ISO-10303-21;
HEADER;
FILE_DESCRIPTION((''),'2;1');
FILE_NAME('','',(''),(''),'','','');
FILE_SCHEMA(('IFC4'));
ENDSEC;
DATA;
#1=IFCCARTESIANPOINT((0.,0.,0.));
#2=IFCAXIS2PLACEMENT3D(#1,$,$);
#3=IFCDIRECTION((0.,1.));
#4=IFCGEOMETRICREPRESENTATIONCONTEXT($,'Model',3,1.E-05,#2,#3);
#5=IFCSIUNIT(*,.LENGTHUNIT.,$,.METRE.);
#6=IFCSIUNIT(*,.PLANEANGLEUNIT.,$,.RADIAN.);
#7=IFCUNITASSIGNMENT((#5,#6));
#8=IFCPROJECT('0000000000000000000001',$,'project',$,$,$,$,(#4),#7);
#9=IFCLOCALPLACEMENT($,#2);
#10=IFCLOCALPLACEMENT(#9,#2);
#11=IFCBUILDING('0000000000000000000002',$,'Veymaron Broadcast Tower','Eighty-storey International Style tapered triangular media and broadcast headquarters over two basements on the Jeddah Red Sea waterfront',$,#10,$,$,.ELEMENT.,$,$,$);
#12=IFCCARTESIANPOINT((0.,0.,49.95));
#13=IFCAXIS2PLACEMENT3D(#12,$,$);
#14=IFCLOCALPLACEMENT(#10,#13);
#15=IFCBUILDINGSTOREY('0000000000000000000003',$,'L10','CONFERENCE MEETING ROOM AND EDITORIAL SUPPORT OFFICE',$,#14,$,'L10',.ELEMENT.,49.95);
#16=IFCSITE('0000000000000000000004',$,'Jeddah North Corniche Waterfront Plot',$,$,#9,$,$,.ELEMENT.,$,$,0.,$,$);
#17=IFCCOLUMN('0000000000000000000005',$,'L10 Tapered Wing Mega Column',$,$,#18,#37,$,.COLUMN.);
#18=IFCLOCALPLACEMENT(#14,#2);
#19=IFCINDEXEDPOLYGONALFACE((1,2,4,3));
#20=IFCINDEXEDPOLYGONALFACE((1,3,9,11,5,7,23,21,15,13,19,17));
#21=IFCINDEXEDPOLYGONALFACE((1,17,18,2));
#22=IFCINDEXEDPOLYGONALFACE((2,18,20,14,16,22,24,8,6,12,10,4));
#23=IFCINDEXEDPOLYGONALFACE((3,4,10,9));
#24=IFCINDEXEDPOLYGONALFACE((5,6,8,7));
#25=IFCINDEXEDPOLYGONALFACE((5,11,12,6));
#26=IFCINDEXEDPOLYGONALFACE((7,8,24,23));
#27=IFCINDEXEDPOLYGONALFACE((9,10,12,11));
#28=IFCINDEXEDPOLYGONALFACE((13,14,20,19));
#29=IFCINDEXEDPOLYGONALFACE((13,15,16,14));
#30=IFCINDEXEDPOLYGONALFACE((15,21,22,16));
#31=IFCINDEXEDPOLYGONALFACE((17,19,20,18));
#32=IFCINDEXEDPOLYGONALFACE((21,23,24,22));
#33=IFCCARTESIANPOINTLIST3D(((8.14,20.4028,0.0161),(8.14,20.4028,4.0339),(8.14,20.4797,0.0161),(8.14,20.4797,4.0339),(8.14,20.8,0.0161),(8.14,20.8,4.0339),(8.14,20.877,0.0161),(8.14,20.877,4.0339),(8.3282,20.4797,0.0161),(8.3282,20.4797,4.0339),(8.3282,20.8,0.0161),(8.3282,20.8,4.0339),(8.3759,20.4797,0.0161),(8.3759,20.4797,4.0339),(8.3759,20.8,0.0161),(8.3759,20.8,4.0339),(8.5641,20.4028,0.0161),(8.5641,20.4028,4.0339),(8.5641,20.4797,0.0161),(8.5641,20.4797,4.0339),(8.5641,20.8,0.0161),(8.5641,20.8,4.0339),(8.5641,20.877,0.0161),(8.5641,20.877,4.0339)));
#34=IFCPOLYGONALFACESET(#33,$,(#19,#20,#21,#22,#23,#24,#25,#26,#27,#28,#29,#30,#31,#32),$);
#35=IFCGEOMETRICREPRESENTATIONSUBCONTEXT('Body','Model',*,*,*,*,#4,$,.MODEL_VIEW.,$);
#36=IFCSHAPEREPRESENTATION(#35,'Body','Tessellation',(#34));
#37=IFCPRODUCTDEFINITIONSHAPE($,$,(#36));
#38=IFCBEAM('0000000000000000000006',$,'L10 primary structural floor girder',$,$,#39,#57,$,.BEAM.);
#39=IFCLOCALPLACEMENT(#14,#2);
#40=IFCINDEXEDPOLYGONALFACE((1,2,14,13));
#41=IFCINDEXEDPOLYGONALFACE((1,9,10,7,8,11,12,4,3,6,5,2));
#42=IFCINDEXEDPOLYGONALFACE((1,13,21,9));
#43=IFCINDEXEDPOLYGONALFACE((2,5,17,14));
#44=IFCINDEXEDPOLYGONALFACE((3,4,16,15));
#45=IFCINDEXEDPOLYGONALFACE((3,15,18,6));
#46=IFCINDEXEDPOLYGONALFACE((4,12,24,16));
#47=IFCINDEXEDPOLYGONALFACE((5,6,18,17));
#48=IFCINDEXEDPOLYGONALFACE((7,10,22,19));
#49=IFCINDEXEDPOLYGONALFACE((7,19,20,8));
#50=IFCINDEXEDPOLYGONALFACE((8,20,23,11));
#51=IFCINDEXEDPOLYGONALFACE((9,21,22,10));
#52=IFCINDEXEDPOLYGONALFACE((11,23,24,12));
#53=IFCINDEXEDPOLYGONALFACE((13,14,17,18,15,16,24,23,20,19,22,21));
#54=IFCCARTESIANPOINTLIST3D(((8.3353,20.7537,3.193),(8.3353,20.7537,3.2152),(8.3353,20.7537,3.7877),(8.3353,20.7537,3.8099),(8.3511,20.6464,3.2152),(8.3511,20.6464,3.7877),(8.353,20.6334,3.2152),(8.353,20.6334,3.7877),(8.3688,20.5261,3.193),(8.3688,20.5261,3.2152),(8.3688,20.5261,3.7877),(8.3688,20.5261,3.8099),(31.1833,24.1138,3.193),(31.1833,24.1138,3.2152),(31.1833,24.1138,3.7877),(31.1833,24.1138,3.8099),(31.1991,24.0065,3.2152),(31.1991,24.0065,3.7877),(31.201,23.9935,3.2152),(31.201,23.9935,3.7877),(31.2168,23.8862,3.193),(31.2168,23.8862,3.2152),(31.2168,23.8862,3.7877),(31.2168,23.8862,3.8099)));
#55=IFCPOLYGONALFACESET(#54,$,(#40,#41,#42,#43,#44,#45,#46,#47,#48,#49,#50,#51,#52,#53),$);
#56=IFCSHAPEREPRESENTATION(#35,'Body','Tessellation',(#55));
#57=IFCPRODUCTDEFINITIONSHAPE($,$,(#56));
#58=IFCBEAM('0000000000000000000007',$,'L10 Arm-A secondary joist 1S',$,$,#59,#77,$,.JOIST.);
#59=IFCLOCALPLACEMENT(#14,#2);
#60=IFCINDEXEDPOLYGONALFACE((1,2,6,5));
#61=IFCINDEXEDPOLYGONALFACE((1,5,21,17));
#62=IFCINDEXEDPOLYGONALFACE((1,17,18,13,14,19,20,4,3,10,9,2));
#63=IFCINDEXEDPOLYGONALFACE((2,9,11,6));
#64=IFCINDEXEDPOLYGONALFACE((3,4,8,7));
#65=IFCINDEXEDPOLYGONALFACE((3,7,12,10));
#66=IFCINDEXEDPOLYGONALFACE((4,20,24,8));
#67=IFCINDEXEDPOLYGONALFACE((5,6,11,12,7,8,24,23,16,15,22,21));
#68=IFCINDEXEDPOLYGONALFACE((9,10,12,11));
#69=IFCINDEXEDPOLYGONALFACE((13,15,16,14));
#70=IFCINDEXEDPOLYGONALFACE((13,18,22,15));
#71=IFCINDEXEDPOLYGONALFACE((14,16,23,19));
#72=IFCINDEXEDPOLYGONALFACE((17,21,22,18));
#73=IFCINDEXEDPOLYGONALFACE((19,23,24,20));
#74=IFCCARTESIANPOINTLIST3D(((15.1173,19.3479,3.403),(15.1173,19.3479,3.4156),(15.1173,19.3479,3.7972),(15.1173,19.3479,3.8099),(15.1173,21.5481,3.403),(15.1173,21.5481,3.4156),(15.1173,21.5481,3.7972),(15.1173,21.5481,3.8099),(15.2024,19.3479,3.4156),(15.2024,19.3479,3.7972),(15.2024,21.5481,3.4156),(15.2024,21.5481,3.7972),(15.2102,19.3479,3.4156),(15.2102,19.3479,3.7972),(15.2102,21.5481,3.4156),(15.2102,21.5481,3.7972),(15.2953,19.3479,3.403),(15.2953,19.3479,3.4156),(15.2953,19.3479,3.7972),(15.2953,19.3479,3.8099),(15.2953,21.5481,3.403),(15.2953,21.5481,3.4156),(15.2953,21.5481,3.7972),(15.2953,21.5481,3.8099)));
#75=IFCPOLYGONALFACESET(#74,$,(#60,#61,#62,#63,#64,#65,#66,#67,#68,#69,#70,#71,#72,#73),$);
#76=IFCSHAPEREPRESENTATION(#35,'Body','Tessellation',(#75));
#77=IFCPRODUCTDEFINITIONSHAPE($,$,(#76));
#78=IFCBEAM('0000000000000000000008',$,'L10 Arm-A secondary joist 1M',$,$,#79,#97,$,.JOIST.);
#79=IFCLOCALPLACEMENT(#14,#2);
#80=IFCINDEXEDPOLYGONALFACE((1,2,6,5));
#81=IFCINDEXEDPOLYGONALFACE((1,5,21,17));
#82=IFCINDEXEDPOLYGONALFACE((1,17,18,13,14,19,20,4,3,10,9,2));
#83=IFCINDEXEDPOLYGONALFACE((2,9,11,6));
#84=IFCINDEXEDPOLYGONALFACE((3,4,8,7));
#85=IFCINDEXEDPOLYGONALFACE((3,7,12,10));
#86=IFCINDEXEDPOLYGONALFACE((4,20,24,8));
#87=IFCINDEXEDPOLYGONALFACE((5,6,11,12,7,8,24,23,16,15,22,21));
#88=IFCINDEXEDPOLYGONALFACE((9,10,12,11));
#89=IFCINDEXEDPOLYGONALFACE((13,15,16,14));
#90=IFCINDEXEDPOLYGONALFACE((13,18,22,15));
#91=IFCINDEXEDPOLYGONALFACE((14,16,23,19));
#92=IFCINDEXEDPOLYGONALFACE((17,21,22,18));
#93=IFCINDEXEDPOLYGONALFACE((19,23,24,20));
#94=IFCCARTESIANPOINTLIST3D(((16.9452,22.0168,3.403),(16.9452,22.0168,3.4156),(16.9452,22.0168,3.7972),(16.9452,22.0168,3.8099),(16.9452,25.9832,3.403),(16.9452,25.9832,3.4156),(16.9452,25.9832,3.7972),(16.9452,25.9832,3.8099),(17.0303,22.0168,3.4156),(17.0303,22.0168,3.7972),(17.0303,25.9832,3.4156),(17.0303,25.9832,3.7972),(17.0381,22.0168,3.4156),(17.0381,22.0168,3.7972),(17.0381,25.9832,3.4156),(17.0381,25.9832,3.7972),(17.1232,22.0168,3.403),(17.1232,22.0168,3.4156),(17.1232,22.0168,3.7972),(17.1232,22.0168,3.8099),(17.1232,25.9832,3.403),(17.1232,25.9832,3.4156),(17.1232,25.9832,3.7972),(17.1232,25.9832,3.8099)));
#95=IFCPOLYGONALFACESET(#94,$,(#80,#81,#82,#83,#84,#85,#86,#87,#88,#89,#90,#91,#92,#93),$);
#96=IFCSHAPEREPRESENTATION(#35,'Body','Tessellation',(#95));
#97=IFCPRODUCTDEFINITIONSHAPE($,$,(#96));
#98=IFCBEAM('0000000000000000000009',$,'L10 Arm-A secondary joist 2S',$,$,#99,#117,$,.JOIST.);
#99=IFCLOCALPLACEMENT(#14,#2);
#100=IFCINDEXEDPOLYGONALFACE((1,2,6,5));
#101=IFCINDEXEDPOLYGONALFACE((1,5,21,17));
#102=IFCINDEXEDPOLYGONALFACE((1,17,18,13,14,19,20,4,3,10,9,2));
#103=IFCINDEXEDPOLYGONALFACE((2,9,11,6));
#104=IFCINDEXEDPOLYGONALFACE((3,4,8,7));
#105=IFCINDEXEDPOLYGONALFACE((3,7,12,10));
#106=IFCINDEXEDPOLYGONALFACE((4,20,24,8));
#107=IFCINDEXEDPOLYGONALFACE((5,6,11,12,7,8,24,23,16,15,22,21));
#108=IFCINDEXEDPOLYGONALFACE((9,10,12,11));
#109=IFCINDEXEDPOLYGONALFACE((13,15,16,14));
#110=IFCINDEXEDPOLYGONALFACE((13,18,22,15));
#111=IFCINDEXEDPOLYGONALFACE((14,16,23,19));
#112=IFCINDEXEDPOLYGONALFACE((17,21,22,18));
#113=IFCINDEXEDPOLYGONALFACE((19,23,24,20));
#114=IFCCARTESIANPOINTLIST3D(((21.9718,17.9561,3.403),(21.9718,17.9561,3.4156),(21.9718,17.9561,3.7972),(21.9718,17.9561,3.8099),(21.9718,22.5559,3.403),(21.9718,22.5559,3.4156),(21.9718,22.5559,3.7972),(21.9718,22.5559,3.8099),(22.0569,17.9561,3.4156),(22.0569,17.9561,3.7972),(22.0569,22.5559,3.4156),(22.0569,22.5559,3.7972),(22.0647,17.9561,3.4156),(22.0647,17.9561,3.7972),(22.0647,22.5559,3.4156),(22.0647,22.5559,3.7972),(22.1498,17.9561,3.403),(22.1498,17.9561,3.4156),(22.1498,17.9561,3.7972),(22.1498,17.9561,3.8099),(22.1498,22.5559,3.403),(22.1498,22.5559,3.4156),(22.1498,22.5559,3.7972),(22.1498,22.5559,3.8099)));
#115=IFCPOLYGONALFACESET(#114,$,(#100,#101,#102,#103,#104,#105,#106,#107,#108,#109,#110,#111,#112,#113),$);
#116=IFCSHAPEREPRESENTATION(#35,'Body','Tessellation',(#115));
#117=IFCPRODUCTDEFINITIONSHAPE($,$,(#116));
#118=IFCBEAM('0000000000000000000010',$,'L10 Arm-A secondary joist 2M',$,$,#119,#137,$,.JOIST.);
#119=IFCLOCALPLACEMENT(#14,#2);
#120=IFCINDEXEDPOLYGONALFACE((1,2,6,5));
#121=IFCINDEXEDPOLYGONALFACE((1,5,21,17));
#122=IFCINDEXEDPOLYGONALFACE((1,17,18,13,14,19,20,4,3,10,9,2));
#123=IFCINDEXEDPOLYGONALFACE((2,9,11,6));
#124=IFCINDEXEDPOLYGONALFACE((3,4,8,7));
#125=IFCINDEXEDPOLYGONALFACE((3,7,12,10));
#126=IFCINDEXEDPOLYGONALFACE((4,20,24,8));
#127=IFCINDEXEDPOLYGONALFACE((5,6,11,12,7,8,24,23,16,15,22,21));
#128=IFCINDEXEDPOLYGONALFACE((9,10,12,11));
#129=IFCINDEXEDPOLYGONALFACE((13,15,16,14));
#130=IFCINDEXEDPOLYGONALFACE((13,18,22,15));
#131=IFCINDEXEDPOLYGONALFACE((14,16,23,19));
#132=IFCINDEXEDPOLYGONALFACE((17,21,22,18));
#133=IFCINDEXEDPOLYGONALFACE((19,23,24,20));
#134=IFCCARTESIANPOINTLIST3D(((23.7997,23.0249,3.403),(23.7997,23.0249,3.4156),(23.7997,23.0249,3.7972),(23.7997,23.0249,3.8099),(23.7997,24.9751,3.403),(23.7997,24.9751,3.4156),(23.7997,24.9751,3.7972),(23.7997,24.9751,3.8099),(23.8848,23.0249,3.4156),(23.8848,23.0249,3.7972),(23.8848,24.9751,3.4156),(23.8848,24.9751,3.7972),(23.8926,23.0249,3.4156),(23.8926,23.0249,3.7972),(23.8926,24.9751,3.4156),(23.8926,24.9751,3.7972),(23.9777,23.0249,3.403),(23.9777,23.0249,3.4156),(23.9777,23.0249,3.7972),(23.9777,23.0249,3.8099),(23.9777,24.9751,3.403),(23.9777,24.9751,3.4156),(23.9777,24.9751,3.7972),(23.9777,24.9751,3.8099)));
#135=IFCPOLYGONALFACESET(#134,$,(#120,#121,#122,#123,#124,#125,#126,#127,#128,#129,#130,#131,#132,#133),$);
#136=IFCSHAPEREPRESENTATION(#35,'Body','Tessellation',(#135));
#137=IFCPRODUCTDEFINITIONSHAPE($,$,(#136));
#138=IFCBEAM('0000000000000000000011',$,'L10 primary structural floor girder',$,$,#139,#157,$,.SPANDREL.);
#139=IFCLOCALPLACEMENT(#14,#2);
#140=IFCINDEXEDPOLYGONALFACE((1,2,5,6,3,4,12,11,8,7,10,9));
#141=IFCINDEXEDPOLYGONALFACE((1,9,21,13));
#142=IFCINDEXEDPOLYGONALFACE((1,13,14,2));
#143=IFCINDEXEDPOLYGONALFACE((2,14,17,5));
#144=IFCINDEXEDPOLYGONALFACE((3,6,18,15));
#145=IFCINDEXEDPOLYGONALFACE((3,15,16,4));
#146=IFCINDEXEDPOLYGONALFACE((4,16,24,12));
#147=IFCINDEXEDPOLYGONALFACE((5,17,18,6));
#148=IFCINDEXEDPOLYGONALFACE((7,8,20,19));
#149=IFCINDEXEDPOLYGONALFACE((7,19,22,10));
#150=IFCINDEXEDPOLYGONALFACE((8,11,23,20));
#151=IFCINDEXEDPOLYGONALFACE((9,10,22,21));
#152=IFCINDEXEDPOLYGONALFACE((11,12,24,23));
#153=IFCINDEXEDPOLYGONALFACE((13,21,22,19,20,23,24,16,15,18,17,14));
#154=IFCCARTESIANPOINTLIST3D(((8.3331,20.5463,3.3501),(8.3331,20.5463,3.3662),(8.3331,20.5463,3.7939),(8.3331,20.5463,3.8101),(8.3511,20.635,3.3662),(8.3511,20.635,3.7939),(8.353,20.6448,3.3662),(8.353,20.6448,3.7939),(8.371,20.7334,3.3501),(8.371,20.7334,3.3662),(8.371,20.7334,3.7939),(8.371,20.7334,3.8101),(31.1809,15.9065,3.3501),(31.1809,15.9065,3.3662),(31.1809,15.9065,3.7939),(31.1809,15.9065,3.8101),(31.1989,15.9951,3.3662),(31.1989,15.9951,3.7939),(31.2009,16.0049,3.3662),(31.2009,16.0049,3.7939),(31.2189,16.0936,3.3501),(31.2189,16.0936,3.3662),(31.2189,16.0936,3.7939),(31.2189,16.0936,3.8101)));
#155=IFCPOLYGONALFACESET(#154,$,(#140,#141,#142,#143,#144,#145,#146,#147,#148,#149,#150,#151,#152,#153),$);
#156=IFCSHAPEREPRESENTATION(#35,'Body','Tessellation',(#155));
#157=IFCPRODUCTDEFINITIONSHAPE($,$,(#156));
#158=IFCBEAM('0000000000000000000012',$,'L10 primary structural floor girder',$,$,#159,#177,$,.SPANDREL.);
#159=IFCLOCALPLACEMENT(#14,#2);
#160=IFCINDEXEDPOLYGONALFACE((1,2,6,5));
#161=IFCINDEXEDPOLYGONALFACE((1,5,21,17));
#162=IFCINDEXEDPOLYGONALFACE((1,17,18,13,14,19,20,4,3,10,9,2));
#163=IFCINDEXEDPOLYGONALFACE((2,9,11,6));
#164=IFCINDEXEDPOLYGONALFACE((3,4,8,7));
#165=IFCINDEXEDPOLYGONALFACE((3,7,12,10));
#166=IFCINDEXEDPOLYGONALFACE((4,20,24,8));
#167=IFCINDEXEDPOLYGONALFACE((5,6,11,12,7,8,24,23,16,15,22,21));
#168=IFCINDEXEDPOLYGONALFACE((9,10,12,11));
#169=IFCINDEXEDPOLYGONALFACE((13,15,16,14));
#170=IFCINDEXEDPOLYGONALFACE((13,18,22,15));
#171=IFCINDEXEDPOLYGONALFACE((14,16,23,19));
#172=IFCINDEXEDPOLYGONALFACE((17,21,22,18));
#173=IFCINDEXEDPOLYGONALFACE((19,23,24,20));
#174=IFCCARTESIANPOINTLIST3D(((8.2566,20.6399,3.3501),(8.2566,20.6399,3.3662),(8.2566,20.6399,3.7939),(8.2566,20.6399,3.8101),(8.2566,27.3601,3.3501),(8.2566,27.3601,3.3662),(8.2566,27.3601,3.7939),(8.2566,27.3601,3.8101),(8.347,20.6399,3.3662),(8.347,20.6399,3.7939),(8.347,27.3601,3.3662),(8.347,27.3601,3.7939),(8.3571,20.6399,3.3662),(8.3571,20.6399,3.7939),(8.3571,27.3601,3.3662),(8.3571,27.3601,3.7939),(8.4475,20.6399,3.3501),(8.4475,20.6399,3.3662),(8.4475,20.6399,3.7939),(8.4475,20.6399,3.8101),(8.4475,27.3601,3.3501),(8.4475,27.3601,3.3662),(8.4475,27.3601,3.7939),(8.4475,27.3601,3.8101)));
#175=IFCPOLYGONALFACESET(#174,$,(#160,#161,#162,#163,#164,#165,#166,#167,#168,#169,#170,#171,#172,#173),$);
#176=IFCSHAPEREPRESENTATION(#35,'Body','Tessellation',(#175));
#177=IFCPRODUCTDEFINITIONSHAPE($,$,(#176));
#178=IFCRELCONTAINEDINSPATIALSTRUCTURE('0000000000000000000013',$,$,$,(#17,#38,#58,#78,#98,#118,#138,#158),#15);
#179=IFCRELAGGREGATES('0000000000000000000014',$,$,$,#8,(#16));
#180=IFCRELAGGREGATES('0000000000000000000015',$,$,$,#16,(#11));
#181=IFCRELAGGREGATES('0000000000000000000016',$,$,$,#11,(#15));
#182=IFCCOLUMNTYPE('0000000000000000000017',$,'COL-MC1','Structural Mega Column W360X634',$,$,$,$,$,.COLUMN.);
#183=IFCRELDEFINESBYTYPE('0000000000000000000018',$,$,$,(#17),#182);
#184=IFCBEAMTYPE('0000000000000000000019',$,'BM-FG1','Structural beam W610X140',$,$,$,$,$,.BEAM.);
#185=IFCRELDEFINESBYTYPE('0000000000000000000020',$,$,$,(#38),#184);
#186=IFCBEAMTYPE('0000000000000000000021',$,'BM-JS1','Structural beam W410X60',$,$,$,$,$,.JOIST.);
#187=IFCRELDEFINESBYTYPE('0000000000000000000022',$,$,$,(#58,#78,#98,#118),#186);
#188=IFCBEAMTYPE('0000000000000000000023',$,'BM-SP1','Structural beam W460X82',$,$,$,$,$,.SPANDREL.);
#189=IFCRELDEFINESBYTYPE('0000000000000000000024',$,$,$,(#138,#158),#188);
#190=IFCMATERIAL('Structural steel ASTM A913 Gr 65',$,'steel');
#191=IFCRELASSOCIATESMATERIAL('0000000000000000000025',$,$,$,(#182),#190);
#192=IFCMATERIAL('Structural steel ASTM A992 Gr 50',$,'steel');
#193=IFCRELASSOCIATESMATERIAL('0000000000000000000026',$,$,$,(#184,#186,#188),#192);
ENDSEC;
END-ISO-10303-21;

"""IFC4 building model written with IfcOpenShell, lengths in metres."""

from ifc_helpers import new_model, si_unit, direction, frame, origin, origin_2d, place, context, subcontext, project, spatial, i_section, extrude, material, material_profile, profile_set, type_object, element, save


model = new_model("IFC4")

# Units and contexts
model_context = context("Model", 3, precision=1e-05, world=origin(), true_north=direction((0.0, 1.0)))
body_context = subcontext(model_context, "Body", "Model", "MODEL_VIEW")
ifc_project = project(units=[si_unit("LENGTHUNIT", "METRE"), si_unit("PLANEANGLEUNIT", "RADIAN")], contexts=[model_context])

# Site, building, storey
site_placement = place(None, origin())
site = spatial("IfcSite", under=ifc_project, at=site_placement, Name="Jeddah North Corniche Waterfront Plot", CompositionType="ELEMENT", RefElevation=0.0)
building_placement = place(site_placement, origin())
building = spatial("IfcBuilding", under=site, at=building_placement, Name="Veymaron Broadcast Tower", Description="Eighty-storey International Style tapered triangular media and broadcast headquarters over two basements on the Jeddah Red Sea waterfront", CompositionType="ELEMENT")
storey_placement = place(building_placement, frame((0.0, 0.0, 49.95)))
storey = spatial("IfcBuildingStorey", under=building, at=storey_placement, Name="L10", Description="CONFERENCE MEETING ROOM AND EDITORIAL SUPPORT OFFICE", LongName="L10", CompositionType="ELEMENT", Elevation=49.95)

# Column
ifc_material_1 = material(Name="Structural steel ASTM A913 Gr 65", Category="steel")
ifc_material_profile_1 = material_profile(ifc_material_1, i_section(OverallWidth=0.4241, OverallDepth=0.4741, WebThickness=0.0476, FlangeThickness=0.0769, at=origin_2d()), Name="W360X634")
ifc_profile_set_1 = profile_set([ifc_material_profile_1], Name="Structural steel ASTM A913 Gr 65")
column_type = type_object("IfcColumnType", Name="COL-MC1", Description="Structural Mega Column W360X634", PredefinedType="COLUMN", material=ifc_profile_set_1)
column_placement = place(storey_placement, frame((8.3521, 20.6399, 0.0161), z_axis=(0.0, 0.0, 1.0), x_axis=(1.0, 0.0, 0.0)))
element("IfcColumn", 1, at=column_placement, inside=storey, type_object=column_type, Name="L10 Tapered Wing Mega Column", PredefinedType="COLUMN", context=body_context, shape_type="SweptSolid", body=[
    extrude(i_section(OverallWidth=0.4241, OverallDepth=0.4741, WebThickness=0.0476, FlangeThickness=0.0769, at=origin_2d()), origin(), (0.0, 0.0, 1.0), 4.0178),
])

# Beams
ifc_material_2 = material(Name="Structural steel ASTM A992 Gr 50", Category="steel")
ifc_material_profile_2 = material_profile(ifc_material_2, i_section(OverallWidth=0.23, OverallDepth=0.6169, WebThickness=0.0132, FlangeThickness=0.0222, at=origin_2d()), Name="W610X140")
ifc_profile_set_2 = profile_set([ifc_material_profile_2], Name="Structural steel ASTM A992 Gr 50")
beam_type_1 = type_object("IfcBeamType", Name="BM-FG1", Description="Structural beam W610X140", PredefinedType="BEAM", material=ifc_profile_set_2)
beam_1_placement = place(storey_placement, frame((8.3521, 20.6399, 3.5015), z_axis=(0.989358, 0.145499, 0.0), x_axis=(-0.145499, 0.989358, 0.0)))
element("IfcBeam", 2, at=beam_1_placement, inside=storey, type_object=beam_type_1, Name="L10 primary structural floor girder", PredefinedType="BEAM", context=body_context, shape_type="SweptSolid", body=[
    extrude(i_section(OverallWidth=0.23, OverallDepth=0.6169, WebThickness=0.0132, FlangeThickness=0.0222, at=origin_2d()), origin(), (0.0, 0.0, 1.0), 23.0938),
])
ifc_material_profile_3 = material_profile(ifc_material_2, i_section(OverallWidth=0.178, OverallDepth=0.407, WebThickness=0.0078, FlangeThickness=0.0127, at=origin_2d()), Name="W410X60")
ifc_profile_set_3 = profile_set([ifc_material_profile_3], Name="Structural steel ASTM A992 Gr 50")
beam_type_2 = type_object("IfcBeamType", Name="BM-JS1", Description="Structural beam W410X60", PredefinedType="JOIST", material=ifc_profile_set_3)
beam_2_placement = place(storey_placement, frame((15.2063, 19.3479, 3.6064), z_axis=(0.0, 1.0, 0.0), x_axis=(-1.0, 0.0, 0.0)))
element("IfcBeam", 3, at=beam_2_placement, inside=storey, type_object=beam_type_2, Name="L10 Arm-A secondary joist 1S", PredefinedType="JOIST", context=body_context, shape_type="SweptSolid", body=[
    extrude(i_section(OverallWidth=0.178, OverallDepth=0.407, WebThickness=0.0078, FlangeThickness=0.0127, at=origin_2d()), origin(), (0.0, 0.0, 1.0), 2.2002),
])
beam_3_placement = place(storey_placement, frame((17.0342, 22.0168, 3.6064), z_axis=(0.0, 1.0, 0.0), x_axis=(-1.0, 0.0, 0.0)))
element("IfcBeam", 4, at=beam_3_placement, inside=storey, type_object=beam_type_2, Name="L10 Arm-A secondary joist 1M", PredefinedType="JOIST", context=body_context, shape_type="SweptSolid", body=[
    extrude(i_section(OverallWidth=0.178, OverallDepth=0.407, WebThickness=0.0078, FlangeThickness=0.0127, at=origin_2d()), origin(), (0.0, 0.0, 1.0), 3.9663),
])
beam_4_placement = place(storey_placement, frame((22.0608, 17.9561, 3.6064), z_axis=(0.0, 1.0, 0.0), x_axis=(-1.0, 0.0, 0.0)))
element("IfcBeam", 5, at=beam_4_placement, inside=storey, type_object=beam_type_2, Name="L10 Arm-A secondary joist 2S", PredefinedType="JOIST", context=body_context, shape_type="SweptSolid", body=[
    extrude(i_section(OverallWidth=0.178, OverallDepth=0.407, WebThickness=0.0078, FlangeThickness=0.0127, at=origin_2d()), origin(), (0.0, 0.0, 1.0), 4.5999),
])
beam_5_placement = place(storey_placement, frame((23.8887, 23.0249, 3.6064), z_axis=(0.0, 1.0, 0.0), x_axis=(-1.0, 0.0, 0.0)))
element("IfcBeam", 6, at=beam_5_placement, inside=storey, type_object=beam_type_2, Name="L10 Arm-A secondary joist 2M", PredefinedType="JOIST", context=body_context, shape_type="SweptSolid", body=[
    extrude(i_section(OverallWidth=0.178, OverallDepth=0.407, WebThickness=0.0078, FlangeThickness=0.0127, at=origin_2d()), origin(), (0.0, 0.0, 1.0), 1.9502),
])
ifc_material_profile_4 = material_profile(ifc_material_2, i_section(OverallWidth=0.1909, OverallDepth=0.46, WebThickness=0.01, FlangeThickness=0.0161, at=origin_2d()), Name="W460X82")
ifc_profile_set_4 = profile_set([ifc_material_profile_4], Name="Structural steel ASTM A992 Gr 50")
beam_type_3 = type_object("IfcBeamType", Name="BM-SP1", Description="Structural beam W460X82", PredefinedType="SPANDREL", material=ifc_profile_set_4)
beam_6_placement = place(storey_placement, frame((8.3521, 20.6399, 3.5801), z_axis=(0.979996, -0.199015, 0.0), x_axis=(0.199015, 0.979996, 0.0)))
element("IfcBeam", 7, at=beam_6_placement, inside=storey, type_object=beam_type_3, Name="L10 primary structural floor girder", PredefinedType="SPANDREL", context=body_context, shape_type="SweptSolid", body=[
    extrude(i_section(OverallWidth=0.1909, OverallDepth=0.46, WebThickness=0.01, FlangeThickness=0.0161, at=origin_2d()), origin(), (0.0, 0.0, 1.0), 23.3142),
])
beam_7_placement = place(storey_placement, frame((8.3521, 20.6399, 3.5801), z_axis=(0.0, 1.0, 0.0), x_axis=(-1.0, 0.0, 0.0)))
element("IfcBeam", 8, at=beam_7_placement, inside=storey, type_object=beam_type_3, Name="L10 primary structural floor girder", PredefinedType="SPANDREL", context=body_context, shape_type="SweptSolid", body=[
    extrude(i_section(OverallWidth=0.1909, OverallDepth=0.46, WebThickness=0.01, FlangeThickness=0.0161, at=origin_2d()), origin(), (0.0, 0.0, 1.0), 6.7202),
])

save(model, "model.ifc")
